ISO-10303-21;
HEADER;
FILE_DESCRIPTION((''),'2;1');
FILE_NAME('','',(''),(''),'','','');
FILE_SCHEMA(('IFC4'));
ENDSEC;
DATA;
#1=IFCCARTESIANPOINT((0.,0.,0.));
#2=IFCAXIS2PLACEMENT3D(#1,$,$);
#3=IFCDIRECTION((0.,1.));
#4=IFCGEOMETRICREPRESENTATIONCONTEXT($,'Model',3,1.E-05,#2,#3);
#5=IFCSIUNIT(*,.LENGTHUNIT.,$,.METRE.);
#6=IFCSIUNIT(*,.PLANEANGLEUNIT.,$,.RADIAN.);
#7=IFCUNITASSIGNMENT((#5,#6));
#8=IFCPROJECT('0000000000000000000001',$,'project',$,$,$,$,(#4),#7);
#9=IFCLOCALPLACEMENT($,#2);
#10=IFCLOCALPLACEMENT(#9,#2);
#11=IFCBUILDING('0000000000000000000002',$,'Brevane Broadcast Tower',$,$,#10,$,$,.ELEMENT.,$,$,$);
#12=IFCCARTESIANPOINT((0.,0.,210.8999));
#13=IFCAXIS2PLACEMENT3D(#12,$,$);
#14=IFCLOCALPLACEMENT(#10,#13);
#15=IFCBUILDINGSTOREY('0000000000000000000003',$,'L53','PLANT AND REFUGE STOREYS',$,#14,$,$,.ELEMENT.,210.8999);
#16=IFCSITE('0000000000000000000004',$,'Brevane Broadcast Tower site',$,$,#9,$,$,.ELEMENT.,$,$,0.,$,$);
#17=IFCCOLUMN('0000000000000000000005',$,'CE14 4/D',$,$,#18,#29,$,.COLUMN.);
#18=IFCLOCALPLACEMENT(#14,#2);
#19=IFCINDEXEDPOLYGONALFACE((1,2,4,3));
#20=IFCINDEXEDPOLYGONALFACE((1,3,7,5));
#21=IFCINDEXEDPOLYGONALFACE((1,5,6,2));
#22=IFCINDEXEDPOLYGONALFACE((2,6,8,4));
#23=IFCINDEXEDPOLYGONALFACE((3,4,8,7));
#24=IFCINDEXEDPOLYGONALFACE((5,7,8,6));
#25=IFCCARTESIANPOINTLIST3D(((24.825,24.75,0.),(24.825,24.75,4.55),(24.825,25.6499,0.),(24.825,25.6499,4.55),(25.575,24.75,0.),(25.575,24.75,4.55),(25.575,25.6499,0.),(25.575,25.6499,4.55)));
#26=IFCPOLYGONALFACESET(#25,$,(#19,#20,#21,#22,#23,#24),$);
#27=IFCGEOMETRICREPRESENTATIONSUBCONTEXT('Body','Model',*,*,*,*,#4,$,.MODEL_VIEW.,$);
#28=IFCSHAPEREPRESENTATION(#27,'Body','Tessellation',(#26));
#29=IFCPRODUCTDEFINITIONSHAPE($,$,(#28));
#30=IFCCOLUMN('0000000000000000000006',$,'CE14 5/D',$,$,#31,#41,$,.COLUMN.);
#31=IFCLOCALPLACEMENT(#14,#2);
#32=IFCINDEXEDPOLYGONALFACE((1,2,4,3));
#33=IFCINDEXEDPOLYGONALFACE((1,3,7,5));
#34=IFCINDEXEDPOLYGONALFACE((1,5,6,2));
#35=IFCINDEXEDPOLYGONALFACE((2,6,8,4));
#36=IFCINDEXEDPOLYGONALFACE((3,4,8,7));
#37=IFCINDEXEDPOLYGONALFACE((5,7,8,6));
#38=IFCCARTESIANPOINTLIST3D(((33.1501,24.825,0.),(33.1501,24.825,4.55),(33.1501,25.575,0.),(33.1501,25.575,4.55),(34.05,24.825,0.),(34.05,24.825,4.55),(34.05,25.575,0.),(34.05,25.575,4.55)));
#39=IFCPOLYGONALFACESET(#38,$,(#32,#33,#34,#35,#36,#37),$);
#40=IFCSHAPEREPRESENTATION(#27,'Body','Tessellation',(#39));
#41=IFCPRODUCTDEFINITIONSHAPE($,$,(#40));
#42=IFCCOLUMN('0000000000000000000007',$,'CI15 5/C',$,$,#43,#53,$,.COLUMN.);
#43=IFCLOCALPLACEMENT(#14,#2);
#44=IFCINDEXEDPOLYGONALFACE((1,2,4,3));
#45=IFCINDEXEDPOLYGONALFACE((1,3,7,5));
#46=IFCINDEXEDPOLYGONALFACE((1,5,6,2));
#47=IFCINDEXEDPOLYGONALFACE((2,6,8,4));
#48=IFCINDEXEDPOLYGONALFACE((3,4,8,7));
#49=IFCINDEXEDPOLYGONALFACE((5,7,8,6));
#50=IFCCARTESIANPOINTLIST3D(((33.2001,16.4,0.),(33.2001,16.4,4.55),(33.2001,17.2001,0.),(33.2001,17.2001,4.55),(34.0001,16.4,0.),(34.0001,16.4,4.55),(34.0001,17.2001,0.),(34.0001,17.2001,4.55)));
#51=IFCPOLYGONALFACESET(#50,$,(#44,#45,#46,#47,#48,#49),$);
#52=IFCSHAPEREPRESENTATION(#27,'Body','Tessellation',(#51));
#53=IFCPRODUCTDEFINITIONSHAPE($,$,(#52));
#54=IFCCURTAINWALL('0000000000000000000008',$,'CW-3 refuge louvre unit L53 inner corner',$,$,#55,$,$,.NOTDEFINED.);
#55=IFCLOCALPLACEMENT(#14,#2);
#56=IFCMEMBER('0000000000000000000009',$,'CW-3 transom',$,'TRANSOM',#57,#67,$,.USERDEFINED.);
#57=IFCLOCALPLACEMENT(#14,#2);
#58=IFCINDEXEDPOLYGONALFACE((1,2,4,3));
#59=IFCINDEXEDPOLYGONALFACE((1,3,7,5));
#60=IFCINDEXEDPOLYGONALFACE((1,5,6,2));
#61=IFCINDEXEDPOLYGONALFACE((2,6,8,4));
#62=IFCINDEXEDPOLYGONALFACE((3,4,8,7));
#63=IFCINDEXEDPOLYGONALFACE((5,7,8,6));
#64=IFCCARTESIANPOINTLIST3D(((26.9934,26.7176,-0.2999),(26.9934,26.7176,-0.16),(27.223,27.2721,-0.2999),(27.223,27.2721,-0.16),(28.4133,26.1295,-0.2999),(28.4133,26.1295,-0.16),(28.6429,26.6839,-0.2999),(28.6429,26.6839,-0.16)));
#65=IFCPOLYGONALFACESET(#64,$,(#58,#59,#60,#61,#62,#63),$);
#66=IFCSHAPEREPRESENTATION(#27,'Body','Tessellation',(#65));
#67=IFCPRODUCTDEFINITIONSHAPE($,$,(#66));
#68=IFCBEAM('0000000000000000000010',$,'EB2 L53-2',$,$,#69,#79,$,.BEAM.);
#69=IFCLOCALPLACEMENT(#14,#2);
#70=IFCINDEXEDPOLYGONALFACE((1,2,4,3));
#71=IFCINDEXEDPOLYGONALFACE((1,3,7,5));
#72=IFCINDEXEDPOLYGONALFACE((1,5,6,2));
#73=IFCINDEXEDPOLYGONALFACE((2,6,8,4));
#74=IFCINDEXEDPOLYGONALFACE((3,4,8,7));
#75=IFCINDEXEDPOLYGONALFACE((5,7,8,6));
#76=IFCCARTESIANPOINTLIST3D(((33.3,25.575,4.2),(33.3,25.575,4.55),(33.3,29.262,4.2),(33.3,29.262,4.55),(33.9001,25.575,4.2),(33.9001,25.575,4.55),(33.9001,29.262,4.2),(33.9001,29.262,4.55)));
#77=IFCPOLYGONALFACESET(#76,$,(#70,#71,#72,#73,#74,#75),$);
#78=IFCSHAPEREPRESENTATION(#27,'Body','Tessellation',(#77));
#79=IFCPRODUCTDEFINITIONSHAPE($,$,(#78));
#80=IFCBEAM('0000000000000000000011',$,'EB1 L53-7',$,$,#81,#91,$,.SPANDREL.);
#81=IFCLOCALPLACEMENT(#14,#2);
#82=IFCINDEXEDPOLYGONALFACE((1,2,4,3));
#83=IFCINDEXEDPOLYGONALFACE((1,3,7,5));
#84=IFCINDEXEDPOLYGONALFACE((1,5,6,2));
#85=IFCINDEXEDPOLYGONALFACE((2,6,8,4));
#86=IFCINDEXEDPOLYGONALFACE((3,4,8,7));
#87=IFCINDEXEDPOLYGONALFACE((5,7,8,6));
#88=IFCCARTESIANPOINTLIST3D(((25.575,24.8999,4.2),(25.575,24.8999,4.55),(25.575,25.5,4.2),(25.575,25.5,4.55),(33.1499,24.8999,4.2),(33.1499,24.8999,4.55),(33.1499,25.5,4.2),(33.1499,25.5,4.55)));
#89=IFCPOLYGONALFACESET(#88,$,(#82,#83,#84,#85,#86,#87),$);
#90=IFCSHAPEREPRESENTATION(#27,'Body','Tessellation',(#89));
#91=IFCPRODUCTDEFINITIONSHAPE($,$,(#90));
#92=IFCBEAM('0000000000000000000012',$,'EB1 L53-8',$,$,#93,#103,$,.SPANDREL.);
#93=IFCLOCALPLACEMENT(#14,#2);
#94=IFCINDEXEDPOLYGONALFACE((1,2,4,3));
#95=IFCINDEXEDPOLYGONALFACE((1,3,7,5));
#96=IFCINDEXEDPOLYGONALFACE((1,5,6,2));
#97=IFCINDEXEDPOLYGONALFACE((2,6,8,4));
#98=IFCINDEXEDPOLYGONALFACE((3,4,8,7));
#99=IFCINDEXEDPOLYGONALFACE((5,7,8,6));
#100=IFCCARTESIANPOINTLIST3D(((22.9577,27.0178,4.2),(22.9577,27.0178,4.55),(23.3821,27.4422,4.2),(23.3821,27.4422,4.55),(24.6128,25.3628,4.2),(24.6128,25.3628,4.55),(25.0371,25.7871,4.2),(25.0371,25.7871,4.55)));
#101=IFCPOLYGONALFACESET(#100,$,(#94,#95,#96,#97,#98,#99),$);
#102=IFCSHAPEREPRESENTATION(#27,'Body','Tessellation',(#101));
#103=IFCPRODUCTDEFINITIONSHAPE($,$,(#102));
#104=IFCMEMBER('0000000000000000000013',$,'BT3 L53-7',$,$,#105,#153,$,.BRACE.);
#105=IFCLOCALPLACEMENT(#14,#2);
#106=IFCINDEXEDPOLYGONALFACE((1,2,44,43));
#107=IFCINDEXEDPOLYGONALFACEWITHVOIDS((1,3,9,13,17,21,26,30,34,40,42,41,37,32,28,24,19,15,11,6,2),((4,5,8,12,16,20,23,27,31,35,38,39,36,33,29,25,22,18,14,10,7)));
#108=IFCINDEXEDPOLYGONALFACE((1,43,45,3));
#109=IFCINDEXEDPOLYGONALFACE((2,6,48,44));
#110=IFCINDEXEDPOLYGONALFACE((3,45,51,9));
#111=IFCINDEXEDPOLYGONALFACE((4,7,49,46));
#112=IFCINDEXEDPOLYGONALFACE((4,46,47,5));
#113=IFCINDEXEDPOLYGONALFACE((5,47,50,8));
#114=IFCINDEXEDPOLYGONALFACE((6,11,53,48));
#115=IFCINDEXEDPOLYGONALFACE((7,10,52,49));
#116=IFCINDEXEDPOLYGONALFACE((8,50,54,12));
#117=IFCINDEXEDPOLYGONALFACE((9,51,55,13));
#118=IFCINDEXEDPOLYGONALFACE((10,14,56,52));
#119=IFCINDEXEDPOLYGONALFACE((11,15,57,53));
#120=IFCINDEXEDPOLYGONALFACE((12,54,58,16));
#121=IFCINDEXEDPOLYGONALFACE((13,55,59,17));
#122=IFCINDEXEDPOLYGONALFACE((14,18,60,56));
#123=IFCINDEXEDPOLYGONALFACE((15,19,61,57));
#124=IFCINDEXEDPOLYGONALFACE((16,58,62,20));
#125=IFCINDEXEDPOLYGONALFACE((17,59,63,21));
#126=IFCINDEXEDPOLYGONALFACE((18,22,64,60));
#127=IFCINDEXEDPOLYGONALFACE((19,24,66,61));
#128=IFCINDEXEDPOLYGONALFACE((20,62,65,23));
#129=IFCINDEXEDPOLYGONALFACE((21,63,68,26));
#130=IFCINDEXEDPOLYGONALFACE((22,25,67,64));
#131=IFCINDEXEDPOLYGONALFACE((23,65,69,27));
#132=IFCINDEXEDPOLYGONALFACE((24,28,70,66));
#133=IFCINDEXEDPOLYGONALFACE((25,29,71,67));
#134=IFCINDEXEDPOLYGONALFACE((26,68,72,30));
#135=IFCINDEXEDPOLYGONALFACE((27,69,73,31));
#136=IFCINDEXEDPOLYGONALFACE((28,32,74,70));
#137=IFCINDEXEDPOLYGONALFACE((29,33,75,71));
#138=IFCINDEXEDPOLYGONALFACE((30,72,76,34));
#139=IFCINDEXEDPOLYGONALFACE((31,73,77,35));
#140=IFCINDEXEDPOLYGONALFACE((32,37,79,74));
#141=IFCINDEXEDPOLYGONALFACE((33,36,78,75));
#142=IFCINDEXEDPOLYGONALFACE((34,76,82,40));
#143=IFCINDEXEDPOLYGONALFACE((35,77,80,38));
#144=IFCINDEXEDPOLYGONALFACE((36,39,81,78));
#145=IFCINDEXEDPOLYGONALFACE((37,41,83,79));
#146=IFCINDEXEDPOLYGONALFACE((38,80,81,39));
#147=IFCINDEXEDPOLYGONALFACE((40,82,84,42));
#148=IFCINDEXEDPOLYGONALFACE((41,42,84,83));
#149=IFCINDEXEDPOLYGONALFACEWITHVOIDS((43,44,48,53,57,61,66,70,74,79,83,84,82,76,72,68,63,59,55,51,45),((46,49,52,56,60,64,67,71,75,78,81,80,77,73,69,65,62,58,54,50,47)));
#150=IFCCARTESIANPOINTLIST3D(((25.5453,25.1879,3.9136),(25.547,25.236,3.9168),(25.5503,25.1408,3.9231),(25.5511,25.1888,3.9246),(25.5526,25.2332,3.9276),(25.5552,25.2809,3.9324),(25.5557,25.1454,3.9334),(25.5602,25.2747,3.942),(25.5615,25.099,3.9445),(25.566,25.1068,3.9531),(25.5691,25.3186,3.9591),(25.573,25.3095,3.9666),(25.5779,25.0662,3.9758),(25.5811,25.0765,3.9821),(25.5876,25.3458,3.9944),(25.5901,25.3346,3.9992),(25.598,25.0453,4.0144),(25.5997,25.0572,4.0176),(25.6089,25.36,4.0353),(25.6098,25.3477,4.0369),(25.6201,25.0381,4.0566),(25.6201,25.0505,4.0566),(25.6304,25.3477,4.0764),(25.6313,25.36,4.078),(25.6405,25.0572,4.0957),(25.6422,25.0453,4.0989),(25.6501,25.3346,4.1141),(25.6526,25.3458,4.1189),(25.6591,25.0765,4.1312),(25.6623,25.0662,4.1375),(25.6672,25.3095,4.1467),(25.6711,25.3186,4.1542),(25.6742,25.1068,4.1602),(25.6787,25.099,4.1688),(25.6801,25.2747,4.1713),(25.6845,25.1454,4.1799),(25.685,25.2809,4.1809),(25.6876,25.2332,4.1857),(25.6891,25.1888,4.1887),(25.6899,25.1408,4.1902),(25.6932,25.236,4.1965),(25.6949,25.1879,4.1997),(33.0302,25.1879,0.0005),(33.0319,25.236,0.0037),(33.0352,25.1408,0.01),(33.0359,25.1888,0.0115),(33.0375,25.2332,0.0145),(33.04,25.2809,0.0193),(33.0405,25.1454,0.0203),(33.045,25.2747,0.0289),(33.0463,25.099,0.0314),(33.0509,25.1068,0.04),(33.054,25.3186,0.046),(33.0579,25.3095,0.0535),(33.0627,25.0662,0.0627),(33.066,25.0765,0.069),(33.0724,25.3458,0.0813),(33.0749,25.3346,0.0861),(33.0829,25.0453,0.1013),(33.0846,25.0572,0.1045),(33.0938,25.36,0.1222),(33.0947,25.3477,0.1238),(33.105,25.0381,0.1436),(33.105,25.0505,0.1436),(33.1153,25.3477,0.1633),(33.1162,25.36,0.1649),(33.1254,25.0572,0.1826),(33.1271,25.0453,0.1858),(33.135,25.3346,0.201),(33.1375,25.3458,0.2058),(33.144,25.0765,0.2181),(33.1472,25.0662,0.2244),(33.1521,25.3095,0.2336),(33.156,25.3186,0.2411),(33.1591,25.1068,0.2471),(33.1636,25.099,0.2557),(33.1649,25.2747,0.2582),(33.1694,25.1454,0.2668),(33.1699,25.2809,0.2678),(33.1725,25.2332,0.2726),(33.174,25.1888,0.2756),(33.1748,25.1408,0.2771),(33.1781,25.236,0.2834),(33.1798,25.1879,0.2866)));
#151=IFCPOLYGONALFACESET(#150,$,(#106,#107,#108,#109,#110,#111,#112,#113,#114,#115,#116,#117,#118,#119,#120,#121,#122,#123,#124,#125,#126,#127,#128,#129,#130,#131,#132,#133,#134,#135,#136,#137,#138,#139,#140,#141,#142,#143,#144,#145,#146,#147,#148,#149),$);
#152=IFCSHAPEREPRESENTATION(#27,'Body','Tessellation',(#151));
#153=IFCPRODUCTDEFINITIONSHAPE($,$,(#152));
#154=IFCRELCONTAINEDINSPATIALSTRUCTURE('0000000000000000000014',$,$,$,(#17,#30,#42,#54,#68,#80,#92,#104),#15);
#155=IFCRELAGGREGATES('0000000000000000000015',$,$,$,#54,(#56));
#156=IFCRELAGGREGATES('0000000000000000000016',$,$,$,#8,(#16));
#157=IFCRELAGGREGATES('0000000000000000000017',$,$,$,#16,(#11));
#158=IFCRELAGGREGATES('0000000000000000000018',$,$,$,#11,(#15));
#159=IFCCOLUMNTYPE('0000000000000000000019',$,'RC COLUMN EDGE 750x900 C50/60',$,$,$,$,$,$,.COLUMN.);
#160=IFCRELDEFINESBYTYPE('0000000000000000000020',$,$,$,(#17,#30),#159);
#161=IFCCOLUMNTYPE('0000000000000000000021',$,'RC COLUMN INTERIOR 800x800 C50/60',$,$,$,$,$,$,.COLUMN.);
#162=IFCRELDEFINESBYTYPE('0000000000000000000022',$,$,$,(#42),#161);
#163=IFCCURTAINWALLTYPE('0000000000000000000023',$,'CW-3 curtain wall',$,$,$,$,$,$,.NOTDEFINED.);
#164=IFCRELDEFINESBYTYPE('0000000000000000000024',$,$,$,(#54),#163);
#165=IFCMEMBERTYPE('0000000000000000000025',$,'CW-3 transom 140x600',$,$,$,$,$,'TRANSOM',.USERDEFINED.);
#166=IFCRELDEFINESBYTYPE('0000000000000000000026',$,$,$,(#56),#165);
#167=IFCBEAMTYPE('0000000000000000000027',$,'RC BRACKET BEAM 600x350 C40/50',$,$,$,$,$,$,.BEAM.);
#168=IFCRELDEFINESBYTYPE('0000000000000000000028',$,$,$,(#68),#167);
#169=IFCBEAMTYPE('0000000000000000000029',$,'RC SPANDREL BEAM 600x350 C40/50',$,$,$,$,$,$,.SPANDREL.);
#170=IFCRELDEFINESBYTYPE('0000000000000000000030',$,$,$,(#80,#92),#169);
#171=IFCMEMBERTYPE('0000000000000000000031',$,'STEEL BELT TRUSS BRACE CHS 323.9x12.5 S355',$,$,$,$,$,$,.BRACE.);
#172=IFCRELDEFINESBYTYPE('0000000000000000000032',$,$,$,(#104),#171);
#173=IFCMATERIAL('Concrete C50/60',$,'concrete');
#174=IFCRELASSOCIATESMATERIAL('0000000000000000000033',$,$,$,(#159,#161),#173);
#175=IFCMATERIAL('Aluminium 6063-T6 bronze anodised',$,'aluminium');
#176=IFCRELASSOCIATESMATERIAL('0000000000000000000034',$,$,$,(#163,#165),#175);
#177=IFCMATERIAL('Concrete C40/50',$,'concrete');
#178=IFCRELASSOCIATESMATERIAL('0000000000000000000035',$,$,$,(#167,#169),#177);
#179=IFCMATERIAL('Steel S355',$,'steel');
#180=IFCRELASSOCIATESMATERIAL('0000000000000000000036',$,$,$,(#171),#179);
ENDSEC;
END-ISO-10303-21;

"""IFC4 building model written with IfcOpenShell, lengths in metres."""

from ifc_helpers import new_model, si_unit, direction, frame, origin, origin_2d, place, context, subcontext, project, spatial, rectangle, hollow_circle, extrude, material, material_profile, profile_set, type_object, element, aggregate, save


model = new_model("IFC4")

# Units and contexts
model_context = context("Model", 3, precision=1e-05, world=origin(), true_north=direction((0.0, 1.0)))
body_context = subcontext(model_context, "Body", "Model", "MODEL_VIEW")
ifc_project = project(units=[si_unit("LENGTHUNIT", "METRE"), si_unit("PLANEANGLEUNIT", "RADIAN")], contexts=[model_context])

# Site, building, storey
site_placement = place(None, origin())
site = spatial("IfcSite", under=ifc_project, at=site_placement, Name="Brevane Broadcast Tower site", CompositionType="ELEMENT", RefElevation=0.0)
building_placement = place(site_placement, origin())
building = spatial("IfcBuilding", under=site, at=building_placement, Name="Brevane Broadcast Tower", CompositionType="ELEMENT")
storey_placement = place(building_placement, frame((0.0, 0.0, 210.8999)))
storey = spatial("IfcBuildingStorey", under=building, at=storey_placement, Name="L53", Description="PLANT AND REFUGE STOREYS", CompositionType="ELEMENT", Elevation=210.8999)

# Columns
ifc_material_1 = material(Name="Concrete C50/60", Category="concrete")
ifc_material_profile_1 = material_profile(ifc_material_1, rectangle(XDim=0.75, YDim=0.8999, at=origin_2d()), Name="RC 750x900")
ifc_profile_set_1 = profile_set([ifc_material_profile_1], Name="Concrete C50/60")
column_type_1 = type_object("IfcColumnType", Name="RC COLUMN EDGE 750x900 C50/60", PredefinedType="COLUMN", material=ifc_profile_set_1)
for number, where, z_axis, x_axis, name in (
    (1, (25.2, 25.2, 0.0), (0.0, 0.0, 1.0), (1.0, 0.0, 0.0), "CE14 4/D"),
    (2, (33.6001, 25.2, 0.0), (0.0, 0.0, 1.0), (0.0, 1.0, 0.0), "CE14 5/D"),
):
    element("IfcColumn", number, at=place(storey_placement, frame(where, z_axis=z_axis, x_axis=x_axis)), inside=storey, type_object=column_type_1, Name=name, PredefinedType="COLUMN", context=body_context, shape_type="SweptSolid", body=[
        extrude(rectangle(XDim=0.75, YDim=0.8999, at=origin_2d()), origin(), (0.0, 0.0, 1.0), 4.55),
    ])
ifc_material_profile_2 = material_profile(ifc_material_1, rectangle(XDim=0.8, YDim=0.8, at=origin_2d()), Name="RC 800x800")
ifc_profile_set_2 = profile_set([ifc_material_profile_2], Name="Concrete C50/60")
column_type_2 = type_object("IfcColumnType", Name="RC COLUMN INTERIOR 800x800 C50/60", PredefinedType="COLUMN", material=ifc_profile_set_2)
column_placement = place(storey_placement, frame((33.6001, 16.8, 0.0), z_axis=(0.0, 0.0, 1.0), x_axis=(1.0, 0.0, 0.0)))
element("IfcColumn", 3, at=column_placement, inside=storey, type_object=column_type_2, Name="CI15 5/C", PredefinedType="COLUMN", context=body_context, shape_type="SweptSolid", body=[
    extrude(rectangle(XDim=0.8, YDim=0.8, at=origin_2d()), origin(), (0.0, 0.0, 1.0), 4.55),
])

# Curtain wall, member
ifc_material_2 = material(Name="Aluminium 6063-T6 bronze anodised", Category="aluminium")
curtain_wall_type = type_object("IfcCurtainWallType", Name="CW-3 curtain wall", PredefinedType="NOTDEFINED", material=ifc_material_2)
curtain_wall_placement = place(storey_placement, origin())
curtain_wall = element("IfcCurtainWall", 4, at=curtain_wall_placement, inside=storey, type_object=curtain_wall_type, Name="CW-3 refuge louvre unit L53 inner corner", PredefinedType="NOTDEFINED")
ifc_material_profile_3 = material_profile(ifc_material_2, rectangle(XDim=0.6001, YDim=0.1399, at=origin_2d()), Name="RECT 140x600")
ifc_profile_set_3 = profile_set([ifc_material_profile_3], Name="Aluminium 6063-T6 bronze anodised")
member_type_1 = type_object("IfcMemberType", Name="CW-3 transom 140x600", ElementType="TRANSOM", PredefinedType="USERDEFINED", material=ifc_profile_set_3)
member_1_placement = place(storey_placement, frame((28.5281, 26.4067, -0.23), z_axis=(-0.923883, 0.382674, 0.0), x_axis=(-0.382674, -0.923883, 0.0)))
member_1 = element("IfcMember", 5, at=member_1_placement, type_object=member_type_1, Name="CW-3 transom", ObjectType="TRANSOM", PredefinedType="USERDEFINED", context=body_context, shape_type="SweptSolid", body=[
    extrude(rectangle(XDim=0.6001, YDim=0.1399, at=origin_2d()), origin(), (0.0, 0.0, 1.0), 1.5369),
])
aggregate(curtain_wall, [member_1])

# Beams
ifc_material_3 = material(Name="Concrete C40/50", Category="concrete")
ifc_material_profile_4 = material_profile(ifc_material_3, rectangle(XDim=0.6001, YDim=0.3501, at=origin_2d()), Name="RC 600x350")
ifc_profile_set_4 = profile_set([ifc_material_profile_4], Name="Concrete C40/50")
beam_type_1 = type_object("IfcBeamType", Name="RC BRACKET BEAM 600x350 C40/50", PredefinedType="BEAM", material=ifc_profile_set_4)
beam_1_placement = place(storey_placement, frame((33.6001, 25.575, 4.375), z_axis=(0.0, 1.0, 0.0), x_axis=(-1.0, 0.0, 0.0)))
element("IfcBeam", 6, at=beam_1_placement, inside=storey, type_object=beam_type_1, Name="EB2 L53-2", PredefinedType="BEAM", context=body_context, shape_type="SweptSolid", body=[
    extrude(rectangle(XDim=0.6001, YDim=0.3501, at=origin_2d()), origin(), (0.0, 0.0, 1.0), 3.687),
])
ifc_material_profile_5 = material_profile(ifc_material_3, rectangle(XDim=0.6001, YDim=0.3501, at=origin_2d()), Name="RC 600x350")
ifc_profile_set_5 = profile_set([ifc_material_profile_5], Name="Concrete C40/50")
beam_type_2 = type_object("IfcBeamType", Name="RC SPANDREL BEAM 600x350 C40/50", PredefinedType="SPANDREL", material=ifc_profile_set_5)
beam_2_placement = place(storey_placement, frame((33.1499, 25.2, 4.375), z_axis=(-1.0, 0.0, 0.0), x_axis=(0.0, -1.0, 0.0)))
element("IfcBeam", 7, at=beam_2_placement, inside=storey, type_object=beam_type_2, Name="EB1 L53-7", PredefinedType="SPANDREL", context=body_context, shape_type="SweptSolid", body=[
    extrude(rectangle(XDim=0.6001, YDim=0.3501, at=origin_2d()), origin(), (0.0, 0.0, 1.0), 7.575),
])
beam_3_placement = place(storey_placement, frame((24.825, 25.575, 4.375), z_axis=(-0.707107, 0.707107, 0.0), x_axis=(-0.707107, -0.707107, 0.0)))
element("IfcBeam", 8, at=beam_3_placement, inside=storey, type_object=beam_type_2, Name="EB1 L53-8", PredefinedType="SPANDREL", context=body_context, shape_type="SweptSolid", body=[
    extrude(rectangle(XDim=0.6001, YDim=0.3501, at=origin_2d()), origin(), (0.0, 0.0, 1.0), 2.3406),
])

# Member
ifc_material_4 = material(Name="Steel S355", Category="steel")
ifc_material_profile_6 = material_profile(ifc_material_4, hollow_circle(Radius=0.1619, WallThickness=0.0125, at=origin_2d()), Name="CHS 323.9x12.5")
ifc_profile_set_6 = profile_set([ifc_material_profile_6], Name="Steel S355")
member_type_2 = type_object("IfcMemberType", Name="STEEL BELT TRUSS BRACE CHS 323.9x12.5 S355", PredefinedType="BRACE", material=ifc_profile_set_6)
member_2_placement = place(storey_placement, frame((33.105, 25.2, 0.1436), z_axis=(-0.886199, 0.0, 0.463305), x_axis=(0.0, -1.0, 0.0)))
element("IfcMember", 9, at=member_2_placement, inside=storey, type_object=member_type_2, Name="BT3 L53-7", PredefinedType="BRACE", context=body_context, shape_type="SweptSolid", body=[
    extrude(hollow_circle(Radius=0.1619, WallThickness=0.0125, at=origin_2d()), origin(), (0.0, 0.0, 1.0), 8.446),
])

save(model, "model.ifc")
